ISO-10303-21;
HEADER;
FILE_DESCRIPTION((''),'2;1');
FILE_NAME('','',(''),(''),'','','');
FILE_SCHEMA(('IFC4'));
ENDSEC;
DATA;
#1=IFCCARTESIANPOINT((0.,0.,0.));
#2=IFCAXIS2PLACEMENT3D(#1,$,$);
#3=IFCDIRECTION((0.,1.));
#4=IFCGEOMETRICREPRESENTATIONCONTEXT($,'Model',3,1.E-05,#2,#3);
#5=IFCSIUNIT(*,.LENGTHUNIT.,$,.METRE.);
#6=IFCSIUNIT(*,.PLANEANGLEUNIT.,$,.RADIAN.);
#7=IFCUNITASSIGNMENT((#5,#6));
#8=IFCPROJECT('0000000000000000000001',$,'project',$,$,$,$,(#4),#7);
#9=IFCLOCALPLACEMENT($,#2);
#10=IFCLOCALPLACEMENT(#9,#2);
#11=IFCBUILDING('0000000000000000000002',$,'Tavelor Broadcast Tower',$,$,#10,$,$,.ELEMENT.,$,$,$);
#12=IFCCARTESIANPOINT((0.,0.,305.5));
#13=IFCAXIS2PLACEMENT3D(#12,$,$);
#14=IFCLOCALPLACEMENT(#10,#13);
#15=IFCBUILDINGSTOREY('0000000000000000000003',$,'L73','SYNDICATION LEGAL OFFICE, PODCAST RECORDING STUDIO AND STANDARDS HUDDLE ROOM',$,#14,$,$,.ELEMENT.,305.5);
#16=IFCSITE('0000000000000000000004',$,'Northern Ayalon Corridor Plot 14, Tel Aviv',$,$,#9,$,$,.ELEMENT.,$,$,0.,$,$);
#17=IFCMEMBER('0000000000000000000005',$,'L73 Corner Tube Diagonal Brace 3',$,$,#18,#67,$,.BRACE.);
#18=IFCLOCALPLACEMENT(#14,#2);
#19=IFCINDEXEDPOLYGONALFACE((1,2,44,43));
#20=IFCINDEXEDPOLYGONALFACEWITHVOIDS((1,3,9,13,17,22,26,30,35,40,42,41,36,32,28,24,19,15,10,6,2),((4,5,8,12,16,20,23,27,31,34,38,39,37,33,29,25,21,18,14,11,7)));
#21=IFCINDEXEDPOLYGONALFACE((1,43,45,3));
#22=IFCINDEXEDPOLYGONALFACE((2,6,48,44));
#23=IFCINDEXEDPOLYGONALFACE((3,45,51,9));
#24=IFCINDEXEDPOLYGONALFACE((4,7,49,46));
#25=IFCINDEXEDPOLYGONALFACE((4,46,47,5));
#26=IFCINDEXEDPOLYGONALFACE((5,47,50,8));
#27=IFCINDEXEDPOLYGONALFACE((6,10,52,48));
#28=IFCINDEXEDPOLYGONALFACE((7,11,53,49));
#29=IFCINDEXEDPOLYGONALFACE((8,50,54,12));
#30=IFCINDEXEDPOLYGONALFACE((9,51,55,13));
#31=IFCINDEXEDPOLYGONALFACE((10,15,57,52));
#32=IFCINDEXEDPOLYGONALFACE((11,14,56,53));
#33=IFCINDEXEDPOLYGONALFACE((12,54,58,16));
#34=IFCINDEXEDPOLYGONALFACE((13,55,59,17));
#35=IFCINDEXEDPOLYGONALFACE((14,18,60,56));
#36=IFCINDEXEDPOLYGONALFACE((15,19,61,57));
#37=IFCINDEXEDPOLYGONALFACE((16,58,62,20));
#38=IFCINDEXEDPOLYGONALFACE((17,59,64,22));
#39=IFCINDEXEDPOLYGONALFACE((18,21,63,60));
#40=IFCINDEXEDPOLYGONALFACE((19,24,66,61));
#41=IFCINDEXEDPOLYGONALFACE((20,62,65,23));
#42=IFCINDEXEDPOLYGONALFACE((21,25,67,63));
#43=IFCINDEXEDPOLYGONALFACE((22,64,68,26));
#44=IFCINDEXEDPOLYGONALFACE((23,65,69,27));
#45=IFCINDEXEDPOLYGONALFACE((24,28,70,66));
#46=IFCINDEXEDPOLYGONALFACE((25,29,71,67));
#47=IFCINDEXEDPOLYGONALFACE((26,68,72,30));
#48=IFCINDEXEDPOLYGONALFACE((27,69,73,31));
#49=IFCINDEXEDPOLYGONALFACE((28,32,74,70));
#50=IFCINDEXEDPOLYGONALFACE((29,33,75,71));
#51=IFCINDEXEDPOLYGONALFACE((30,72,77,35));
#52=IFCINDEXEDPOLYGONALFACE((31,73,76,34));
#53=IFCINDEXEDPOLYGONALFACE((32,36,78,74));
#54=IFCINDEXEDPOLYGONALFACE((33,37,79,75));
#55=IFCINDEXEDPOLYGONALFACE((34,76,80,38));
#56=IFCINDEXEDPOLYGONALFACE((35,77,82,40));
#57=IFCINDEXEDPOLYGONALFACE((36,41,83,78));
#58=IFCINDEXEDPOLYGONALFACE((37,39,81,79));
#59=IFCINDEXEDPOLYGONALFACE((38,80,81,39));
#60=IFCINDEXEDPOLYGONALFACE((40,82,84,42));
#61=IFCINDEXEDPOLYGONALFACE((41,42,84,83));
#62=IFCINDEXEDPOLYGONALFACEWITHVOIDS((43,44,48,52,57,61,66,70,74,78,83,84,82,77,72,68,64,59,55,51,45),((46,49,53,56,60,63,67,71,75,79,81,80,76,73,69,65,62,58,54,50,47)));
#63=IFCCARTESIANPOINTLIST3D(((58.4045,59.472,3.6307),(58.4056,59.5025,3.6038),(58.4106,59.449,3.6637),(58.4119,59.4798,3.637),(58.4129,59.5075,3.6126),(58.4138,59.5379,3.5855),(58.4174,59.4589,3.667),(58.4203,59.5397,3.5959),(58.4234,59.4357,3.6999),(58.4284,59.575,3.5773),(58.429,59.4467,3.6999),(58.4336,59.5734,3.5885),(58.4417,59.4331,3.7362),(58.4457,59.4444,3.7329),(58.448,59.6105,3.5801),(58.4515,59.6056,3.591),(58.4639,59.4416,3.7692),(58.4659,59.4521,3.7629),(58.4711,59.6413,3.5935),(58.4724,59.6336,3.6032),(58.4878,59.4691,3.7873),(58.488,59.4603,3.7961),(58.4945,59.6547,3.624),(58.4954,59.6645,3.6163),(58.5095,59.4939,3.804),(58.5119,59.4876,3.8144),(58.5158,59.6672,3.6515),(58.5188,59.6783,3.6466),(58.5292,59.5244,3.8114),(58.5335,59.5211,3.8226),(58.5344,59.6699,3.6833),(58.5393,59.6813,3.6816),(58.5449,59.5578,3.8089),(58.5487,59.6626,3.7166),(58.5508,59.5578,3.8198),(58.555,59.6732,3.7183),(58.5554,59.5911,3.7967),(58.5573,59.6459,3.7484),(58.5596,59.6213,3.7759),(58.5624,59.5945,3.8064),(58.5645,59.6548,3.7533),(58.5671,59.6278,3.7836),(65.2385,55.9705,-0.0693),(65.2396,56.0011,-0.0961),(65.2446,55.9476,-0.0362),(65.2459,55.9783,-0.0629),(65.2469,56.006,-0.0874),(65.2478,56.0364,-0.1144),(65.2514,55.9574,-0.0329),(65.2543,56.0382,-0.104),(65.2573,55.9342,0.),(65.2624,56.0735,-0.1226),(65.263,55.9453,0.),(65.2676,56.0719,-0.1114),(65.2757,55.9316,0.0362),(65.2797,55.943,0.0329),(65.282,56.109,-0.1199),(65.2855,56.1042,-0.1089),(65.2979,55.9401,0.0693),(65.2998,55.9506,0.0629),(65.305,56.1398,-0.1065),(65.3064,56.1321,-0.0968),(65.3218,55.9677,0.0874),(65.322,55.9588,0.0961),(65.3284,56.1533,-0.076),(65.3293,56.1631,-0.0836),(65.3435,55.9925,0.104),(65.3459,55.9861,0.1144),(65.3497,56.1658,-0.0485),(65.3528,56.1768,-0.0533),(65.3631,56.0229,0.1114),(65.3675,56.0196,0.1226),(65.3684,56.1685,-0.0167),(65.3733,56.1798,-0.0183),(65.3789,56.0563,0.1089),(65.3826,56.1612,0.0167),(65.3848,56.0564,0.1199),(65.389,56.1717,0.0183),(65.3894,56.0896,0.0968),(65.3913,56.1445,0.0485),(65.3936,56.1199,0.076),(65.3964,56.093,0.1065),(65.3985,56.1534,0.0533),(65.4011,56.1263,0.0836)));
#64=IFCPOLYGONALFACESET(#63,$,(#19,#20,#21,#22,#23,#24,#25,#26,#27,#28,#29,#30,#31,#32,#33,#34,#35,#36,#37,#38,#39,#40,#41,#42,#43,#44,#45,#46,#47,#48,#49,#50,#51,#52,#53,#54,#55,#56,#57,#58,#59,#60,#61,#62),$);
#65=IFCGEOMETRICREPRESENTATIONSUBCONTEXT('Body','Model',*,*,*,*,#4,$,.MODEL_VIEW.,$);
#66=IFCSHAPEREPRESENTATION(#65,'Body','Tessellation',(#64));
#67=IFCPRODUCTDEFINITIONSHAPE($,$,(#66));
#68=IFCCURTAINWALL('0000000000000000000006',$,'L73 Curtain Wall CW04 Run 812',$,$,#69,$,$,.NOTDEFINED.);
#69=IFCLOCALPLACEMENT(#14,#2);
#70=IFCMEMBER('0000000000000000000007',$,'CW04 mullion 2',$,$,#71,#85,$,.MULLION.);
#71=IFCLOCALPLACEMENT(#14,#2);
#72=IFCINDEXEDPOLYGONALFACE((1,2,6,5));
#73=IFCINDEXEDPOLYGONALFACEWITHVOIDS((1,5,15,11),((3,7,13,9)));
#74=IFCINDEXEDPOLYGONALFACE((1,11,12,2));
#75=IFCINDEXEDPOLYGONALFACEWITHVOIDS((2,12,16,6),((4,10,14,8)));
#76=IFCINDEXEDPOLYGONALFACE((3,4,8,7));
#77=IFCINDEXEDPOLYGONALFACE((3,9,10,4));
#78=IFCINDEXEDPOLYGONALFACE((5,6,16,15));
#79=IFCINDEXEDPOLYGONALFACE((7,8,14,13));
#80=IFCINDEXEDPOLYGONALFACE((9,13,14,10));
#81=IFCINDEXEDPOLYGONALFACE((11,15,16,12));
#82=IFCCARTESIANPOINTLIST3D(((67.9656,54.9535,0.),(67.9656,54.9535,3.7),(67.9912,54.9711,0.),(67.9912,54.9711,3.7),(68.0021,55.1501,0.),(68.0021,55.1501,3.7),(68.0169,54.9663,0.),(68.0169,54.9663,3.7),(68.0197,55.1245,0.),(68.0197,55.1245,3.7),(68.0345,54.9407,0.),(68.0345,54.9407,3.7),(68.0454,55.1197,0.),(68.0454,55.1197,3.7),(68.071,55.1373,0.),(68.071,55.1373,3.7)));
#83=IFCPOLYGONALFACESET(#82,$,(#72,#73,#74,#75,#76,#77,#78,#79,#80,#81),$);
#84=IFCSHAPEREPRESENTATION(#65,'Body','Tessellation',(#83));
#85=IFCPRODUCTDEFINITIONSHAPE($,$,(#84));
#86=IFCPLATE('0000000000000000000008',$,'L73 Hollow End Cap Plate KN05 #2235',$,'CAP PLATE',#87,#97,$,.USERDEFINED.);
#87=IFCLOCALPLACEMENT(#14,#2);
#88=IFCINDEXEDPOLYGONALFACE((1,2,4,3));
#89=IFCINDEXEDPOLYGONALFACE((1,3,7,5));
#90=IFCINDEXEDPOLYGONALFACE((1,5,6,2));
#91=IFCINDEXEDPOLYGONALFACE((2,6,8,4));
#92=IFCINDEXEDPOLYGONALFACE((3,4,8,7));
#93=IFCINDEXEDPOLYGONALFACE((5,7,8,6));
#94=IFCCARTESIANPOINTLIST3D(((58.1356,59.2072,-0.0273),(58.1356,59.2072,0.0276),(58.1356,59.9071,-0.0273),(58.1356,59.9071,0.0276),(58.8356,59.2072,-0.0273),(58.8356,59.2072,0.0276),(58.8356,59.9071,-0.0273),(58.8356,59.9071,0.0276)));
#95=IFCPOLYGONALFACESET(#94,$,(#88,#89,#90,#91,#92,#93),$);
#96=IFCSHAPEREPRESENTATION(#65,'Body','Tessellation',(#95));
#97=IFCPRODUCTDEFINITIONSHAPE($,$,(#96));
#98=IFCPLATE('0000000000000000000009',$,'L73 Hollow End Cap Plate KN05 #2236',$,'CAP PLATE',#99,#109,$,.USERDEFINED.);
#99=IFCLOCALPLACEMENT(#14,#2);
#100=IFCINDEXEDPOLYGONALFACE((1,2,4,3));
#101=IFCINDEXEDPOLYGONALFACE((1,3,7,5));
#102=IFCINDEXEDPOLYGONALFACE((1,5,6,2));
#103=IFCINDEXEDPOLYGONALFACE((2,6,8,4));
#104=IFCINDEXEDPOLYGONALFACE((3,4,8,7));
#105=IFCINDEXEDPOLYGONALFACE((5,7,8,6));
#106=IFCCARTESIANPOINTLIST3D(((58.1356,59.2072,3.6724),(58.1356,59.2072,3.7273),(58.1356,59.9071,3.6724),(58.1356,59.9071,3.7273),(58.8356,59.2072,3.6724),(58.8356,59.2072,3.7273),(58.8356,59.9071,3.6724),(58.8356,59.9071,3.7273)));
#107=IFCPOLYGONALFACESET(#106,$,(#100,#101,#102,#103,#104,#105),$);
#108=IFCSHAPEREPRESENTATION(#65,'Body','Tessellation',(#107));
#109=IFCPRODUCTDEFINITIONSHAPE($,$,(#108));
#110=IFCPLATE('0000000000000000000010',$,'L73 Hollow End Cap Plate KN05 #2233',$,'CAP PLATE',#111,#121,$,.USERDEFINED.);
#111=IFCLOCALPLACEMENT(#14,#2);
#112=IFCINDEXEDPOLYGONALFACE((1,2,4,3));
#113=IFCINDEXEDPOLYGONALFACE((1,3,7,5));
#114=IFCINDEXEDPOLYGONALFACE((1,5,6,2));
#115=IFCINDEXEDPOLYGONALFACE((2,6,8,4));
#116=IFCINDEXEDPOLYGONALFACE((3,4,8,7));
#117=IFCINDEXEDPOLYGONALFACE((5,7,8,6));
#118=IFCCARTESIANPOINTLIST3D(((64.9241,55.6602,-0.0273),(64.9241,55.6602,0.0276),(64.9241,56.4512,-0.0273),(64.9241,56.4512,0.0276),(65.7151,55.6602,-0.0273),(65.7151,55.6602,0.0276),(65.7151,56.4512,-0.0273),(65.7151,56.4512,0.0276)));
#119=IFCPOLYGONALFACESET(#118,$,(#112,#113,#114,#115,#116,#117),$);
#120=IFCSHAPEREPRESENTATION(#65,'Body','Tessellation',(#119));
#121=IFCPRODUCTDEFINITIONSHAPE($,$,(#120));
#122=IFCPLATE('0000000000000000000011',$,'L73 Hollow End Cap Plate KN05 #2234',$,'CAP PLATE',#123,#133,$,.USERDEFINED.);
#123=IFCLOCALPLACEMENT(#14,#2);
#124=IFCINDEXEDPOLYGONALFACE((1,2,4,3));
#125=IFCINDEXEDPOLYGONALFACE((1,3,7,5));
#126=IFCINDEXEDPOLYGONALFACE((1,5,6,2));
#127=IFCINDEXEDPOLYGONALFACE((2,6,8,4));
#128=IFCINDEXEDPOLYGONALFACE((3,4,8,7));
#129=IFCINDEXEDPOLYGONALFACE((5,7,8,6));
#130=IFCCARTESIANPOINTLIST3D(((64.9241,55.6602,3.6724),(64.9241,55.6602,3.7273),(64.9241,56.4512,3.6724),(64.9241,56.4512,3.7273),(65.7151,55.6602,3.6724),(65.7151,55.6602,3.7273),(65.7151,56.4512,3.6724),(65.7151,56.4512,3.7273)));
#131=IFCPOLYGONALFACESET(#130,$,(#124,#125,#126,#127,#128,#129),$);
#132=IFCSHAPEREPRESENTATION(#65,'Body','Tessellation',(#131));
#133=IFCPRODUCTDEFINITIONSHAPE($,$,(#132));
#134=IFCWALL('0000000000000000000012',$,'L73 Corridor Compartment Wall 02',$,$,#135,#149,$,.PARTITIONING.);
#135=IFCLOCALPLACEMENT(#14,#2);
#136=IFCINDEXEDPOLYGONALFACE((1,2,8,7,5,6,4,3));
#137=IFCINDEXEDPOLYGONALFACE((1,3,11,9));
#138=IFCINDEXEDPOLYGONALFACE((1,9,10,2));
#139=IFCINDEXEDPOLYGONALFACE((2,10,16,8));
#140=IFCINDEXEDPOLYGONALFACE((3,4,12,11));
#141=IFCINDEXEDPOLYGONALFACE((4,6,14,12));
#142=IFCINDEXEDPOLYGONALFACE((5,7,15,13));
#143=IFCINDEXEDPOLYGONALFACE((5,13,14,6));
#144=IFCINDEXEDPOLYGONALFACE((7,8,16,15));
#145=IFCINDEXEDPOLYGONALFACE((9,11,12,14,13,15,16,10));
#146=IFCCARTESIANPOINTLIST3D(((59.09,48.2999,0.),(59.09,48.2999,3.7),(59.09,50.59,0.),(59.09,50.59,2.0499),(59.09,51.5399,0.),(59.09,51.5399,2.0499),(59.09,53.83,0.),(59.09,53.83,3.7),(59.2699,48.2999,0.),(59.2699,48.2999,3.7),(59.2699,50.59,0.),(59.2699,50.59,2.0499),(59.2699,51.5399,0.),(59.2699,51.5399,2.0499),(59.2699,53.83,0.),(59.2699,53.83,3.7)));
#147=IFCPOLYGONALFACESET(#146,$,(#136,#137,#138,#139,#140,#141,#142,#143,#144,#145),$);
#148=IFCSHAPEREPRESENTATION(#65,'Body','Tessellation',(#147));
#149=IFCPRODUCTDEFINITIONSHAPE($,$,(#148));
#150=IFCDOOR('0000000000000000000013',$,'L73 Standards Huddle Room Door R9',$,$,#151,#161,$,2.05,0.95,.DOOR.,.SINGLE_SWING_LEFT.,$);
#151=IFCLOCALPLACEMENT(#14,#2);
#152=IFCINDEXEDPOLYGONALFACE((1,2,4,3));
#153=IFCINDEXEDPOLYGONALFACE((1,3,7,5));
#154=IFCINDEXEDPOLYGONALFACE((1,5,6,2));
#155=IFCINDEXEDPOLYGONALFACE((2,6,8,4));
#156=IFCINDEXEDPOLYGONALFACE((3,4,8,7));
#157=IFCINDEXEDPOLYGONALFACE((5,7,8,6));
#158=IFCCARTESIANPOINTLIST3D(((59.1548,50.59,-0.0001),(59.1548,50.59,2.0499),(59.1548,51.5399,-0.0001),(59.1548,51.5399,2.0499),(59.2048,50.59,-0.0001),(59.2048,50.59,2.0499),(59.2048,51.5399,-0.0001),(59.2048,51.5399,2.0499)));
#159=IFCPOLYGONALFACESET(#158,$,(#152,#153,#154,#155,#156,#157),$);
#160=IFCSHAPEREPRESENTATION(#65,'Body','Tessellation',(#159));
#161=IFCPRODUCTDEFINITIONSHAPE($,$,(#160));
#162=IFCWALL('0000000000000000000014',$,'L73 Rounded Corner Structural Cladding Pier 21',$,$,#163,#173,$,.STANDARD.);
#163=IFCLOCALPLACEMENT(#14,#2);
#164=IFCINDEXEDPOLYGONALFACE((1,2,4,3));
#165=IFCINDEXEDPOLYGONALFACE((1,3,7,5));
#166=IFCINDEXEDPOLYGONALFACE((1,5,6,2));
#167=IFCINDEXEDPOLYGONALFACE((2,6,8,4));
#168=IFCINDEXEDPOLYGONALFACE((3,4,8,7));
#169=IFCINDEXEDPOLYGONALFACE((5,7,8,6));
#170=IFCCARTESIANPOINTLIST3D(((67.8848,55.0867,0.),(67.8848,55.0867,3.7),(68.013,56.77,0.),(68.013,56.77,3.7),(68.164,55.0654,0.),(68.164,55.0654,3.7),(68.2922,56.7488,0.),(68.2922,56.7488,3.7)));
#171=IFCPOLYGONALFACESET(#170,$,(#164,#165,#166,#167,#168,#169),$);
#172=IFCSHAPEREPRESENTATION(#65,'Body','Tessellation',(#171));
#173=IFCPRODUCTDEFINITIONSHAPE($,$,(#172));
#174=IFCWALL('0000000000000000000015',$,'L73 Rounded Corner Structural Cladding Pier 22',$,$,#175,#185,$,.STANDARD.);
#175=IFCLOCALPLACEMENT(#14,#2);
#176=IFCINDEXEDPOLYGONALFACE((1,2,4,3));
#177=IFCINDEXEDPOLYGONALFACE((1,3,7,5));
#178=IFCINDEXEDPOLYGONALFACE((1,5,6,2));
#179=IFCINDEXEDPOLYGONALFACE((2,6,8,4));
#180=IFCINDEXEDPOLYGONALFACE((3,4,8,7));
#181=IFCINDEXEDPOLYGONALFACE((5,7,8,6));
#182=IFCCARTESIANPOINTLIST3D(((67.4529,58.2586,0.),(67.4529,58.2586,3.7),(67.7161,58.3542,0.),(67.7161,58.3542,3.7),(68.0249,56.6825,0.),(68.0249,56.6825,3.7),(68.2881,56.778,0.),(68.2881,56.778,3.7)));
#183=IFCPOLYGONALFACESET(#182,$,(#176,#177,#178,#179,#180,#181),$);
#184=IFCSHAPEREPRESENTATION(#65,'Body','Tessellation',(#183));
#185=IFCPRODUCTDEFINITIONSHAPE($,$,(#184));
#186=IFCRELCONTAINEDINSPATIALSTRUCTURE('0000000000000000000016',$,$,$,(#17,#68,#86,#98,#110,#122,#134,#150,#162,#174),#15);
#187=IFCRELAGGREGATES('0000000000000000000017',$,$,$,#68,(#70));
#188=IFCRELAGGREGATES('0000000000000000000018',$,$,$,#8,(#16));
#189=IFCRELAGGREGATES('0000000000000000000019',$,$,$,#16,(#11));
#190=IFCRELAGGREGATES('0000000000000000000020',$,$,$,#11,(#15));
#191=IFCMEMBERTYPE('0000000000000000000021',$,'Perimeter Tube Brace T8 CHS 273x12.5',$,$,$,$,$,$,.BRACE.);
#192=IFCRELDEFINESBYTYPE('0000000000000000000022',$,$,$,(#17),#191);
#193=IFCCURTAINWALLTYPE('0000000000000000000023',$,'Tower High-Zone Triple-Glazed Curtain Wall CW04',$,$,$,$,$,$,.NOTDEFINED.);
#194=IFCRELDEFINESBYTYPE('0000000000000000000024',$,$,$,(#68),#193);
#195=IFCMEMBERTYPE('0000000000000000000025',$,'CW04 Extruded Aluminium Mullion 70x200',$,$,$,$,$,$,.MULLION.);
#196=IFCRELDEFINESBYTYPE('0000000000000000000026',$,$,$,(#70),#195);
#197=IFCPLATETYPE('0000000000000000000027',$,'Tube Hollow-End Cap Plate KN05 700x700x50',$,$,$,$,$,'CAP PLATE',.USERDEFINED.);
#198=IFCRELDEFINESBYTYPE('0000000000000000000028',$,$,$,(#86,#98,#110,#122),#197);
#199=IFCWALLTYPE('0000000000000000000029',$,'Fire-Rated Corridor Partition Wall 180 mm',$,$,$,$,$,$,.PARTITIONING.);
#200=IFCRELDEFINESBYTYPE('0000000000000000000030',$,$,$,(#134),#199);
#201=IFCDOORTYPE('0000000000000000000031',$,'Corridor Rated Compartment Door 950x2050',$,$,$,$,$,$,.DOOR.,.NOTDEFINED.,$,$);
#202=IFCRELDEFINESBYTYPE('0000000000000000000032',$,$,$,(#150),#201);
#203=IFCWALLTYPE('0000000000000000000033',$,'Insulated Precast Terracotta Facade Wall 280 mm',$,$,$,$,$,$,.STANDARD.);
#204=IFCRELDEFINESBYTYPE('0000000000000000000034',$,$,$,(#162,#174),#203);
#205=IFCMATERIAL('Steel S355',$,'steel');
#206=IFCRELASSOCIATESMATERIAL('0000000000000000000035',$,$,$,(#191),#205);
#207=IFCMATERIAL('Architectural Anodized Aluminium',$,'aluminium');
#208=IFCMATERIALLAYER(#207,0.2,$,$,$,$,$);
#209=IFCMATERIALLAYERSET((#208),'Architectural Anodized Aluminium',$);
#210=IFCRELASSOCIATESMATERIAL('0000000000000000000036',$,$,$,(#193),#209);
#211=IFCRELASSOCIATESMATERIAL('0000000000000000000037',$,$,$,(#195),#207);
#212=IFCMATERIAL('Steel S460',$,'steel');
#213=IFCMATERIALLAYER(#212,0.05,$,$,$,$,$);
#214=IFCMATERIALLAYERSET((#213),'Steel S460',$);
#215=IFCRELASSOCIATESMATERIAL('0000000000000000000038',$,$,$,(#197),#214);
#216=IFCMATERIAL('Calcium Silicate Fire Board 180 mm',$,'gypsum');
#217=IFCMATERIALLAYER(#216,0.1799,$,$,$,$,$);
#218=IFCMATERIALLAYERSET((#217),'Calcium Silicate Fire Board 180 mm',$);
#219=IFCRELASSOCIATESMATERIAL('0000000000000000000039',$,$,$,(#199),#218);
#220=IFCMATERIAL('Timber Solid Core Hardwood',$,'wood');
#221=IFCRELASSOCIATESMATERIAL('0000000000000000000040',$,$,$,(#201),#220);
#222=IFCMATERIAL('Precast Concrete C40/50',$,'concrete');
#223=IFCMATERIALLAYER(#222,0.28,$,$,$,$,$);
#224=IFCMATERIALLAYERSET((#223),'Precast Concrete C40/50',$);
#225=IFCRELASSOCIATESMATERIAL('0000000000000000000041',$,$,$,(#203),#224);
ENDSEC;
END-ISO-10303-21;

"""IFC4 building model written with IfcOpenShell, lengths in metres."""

from ifc_helpers import new_model, si_unit, direction, frame, frame_2d, origin, origin_2d, place, context, subcontext, project, spatial, rectangle, hollow_rectangle, hollow_circle, extrude, source, transform, mapped, material, layer, layer_set, material_profile, profile_set, type_object, type_shapes, element, fill, aggregate, save


model = new_model("IFC4")

# Units and contexts
model_context = context("Model", 3, precision=1e-05, world=origin(), true_north=direction((0.0, 1.0)))
body_context = subcontext(model_context, "Body", "Model", "MODEL_VIEW")
ifc_project = project(units=[si_unit("LENGTHUNIT", "METRE"), si_unit("PLANEANGLEUNIT", "RADIAN")], contexts=[model_context])

# Site, building, storey
site_placement = place(None, origin())
site = spatial("IfcSite", under=ifc_project, at=site_placement, Name="Northern Ayalon Corridor Plot 14, Tel Aviv", CompositionType="ELEMENT", RefElevation=0.0)
building_placement = place(site_placement, origin())
building = spatial("IfcBuilding", under=site, at=building_placement, Name="Tavelor Broadcast Tower", CompositionType="ELEMENT")
storey_placement = place(building_placement, frame((0.0, 0.0, 305.5)))
storey = spatial("IfcBuildingStorey", under=building, at=storey_placement, Name="L73", Description="SYNDICATION LEGAL OFFICE, PODCAST RECORDING STUDIO AND STANDARDS HUDDLE ROOM", CompositionType="ELEMENT", Elevation=305.5)

# Shared definitions
ifc_material_1 = material(Name="Steel S460", Category="steel")

# Shared definitions
ifc_material_2 = material(Name="Steel S355", Category="steel")

# Member
ifc_material_profile_1 = material_profile(ifc_material_2, hollow_circle(Radius=0.1365, WallThickness=0.0125, at=origin_2d()), Name="CHS 273x12.5")
ifc_profile_set_1 = profile_set([ifc_material_profile_1], Name="Steel S355")
member_type_1 = type_object("IfcMemberType", Name="Perimeter Tube Brace T8 CHS 273x12.5", PredefinedType="BRACE", material=ifc_profile_set_1)
member_1_placement = place(storey_placement, frame((65.3196, 56.0557, 0.0), z_axis=(-0.801764, 0.410792, 0.434079), x_axis=(-0.455993, -0.889984, 0.0)))
element("IfcMember", 1, at=member_1_placement, inside=storey, type_object=member_type_1, Name="L73 Corner Tube Diagonal Brace 3", PredefinedType="BRACE", context=body_context, shape_type="SweptSolid", body=[
    extrude(hollow_circle(Radius=0.1365, WallThickness=0.0125, at=origin_2d()), origin(), (0.0, 0.0, 1.0), 8.5237),
])

# Curtain wall, member
ifc_material_3 = material(Name="Architectural Anodized Aluminium", Category="aluminium")
ifc_layer_1 = layer(ifc_material_3, 0.2)
ifc_layer_set_1 = layer_set([ifc_layer_1], Name="Architectural Anodized Aluminium")
curtain_wall_type = type_object("IfcCurtainWallType", Name="Tower High-Zone Triple-Glazed Curtain Wall CW04", PredefinedType="NOTDEFINED", material=ifc_layer_set_1)
curtain_wall_placement = place(storey_placement, origin())
curtain_wall = element("IfcCurtainWall", 2, at=curtain_wall_placement, inside=storey, type_object=curtain_wall_type, Name="L73 Curtain Wall CW04 Run 812", PredefinedType="NOTDEFINED")
ifc_material_profile_2 = material_profile(ifc_material_3, hollow_rectangle(XDim=0.0701, YDim=0.2, WallThickness=0.022, at=origin_2d()), Name="RHS 70x200x22")
ifc_profile_set_2 = profile_set([ifc_material_profile_2], Name="Architectural Anodized Aluminium")
member_type_2 = type_object("IfcMemberType", Name="CW04 Extruded Aluminium Mullion 70x200", PredefinedType="MULLION", material=ifc_profile_set_2)
shared_shape_1 = source(origin(), body_context, "Body", "SweptSolid", [
    extrude(hollow_rectangle(XDim=0.0701, YDim=0.2, WallThickness=0.022, at=origin_2d()), origin(), (0.0, 0.0, 1.0), 3.7),
])
type_shapes(member_type_2, [shared_shape_1])
member_2_placement = place(storey_placement, frame((68.0183, 55.0454, 0.0), z_axis=(0.0, 0.0, 1.0), x_axis=(-0.983177, 0.182658, 0.0)))
member_2 = element("IfcMember", 3, at=member_2_placement, type_object=member_type_2, Name="CW04 mullion 2", PredefinedType="MULLION", context=body_context, shape_type="MappedRepresentation", body=[
    mapped(shared_shape_1, transform((0.0, 0.0, 0.0), scale=1.0)),
])
aggregate(curtain_wall, [member_2])

# Plates
ifc_layer_2 = layer(ifc_material_1, 0.05)
ifc_layer_set_2 = layer_set([ifc_layer_2], Name="Steel S460")
plate_type = type_object("IfcPlateType", Name="Tube Hollow-End Cap Plate KN05 700x700x50", ElementType="CAP PLATE", PredefinedType="USERDEFINED", material=ifc_layer_set_2)
shared_shape_2 = source(origin(), body_context, "Body", "SweptSolid", [
    extrude(rectangle(XDim=0.7, YDim=0.7, at=origin_2d()), origin(), (0.0, 0.0, 1.0), 0.0549),
])
for number, where, z_axis, x_axis, name in (
    (4, (58.4856, 59.5571, -0.0273), (0.0, 0.0, 1.0), (1.0, 0.0, 0.0), "L73 Hollow End Cap Plate KN05 #2235"),
    (5, (58.4856, 59.5571, 3.6724), (0.0, 0.0, 1.0), (1.0, 0.0, 0.0), "L73 Hollow End Cap Plate KN05 #2236"),
):
    element("IfcPlate", number, at=place(storey_placement, frame(where, z_axis=z_axis, x_axis=x_axis)), inside=storey, type_object=plate_type, Name=name, ObjectType="CAP PLATE", PredefinedType="USERDEFINED", context=body_context, shape_type="MappedRepresentation", body=[
        mapped(shared_shape_2, transform((0.0, 0.0, 0.0), scale=1.0)),
    ])
shared_shape_3 = source(origin(), body_context, "Body", "SweptSolid", [
    extrude(rectangle(XDim=0.791, YDim=0.791, at=origin_2d()), origin(), (0.0, 0.0, 1.0), 0.0549),
])
type_shapes(plate_type, [shared_shape_2, shared_shape_3])
for number, where, z_axis, x_axis, name in (
    (6, (65.3196, 56.0557, -0.0273), (0.0, 0.0, 1.0), (1.0, 0.0, 0.0), "L73 Hollow End Cap Plate KN05 #2233"),
    (7, (65.3196, 56.0557, 3.6724), (0.0, 0.0, 1.0), (1.0, 0.0, 0.0), "L73 Hollow End Cap Plate KN05 #2234"),
):
    element("IfcPlate", number, at=place(storey_placement, frame(where, z_axis=z_axis, x_axis=x_axis)), inside=storey, type_object=plate_type, Name=name, ObjectType="CAP PLATE", PredefinedType="USERDEFINED", context=body_context, shape_type="MappedRepresentation", body=[
        mapped(shared_shape_3, transform((0.0, 0.0, 0.0), scale=1.0)),
    ])

# Wall, opening, door
ifc_material_4 = material(Name="Calcium Silicate Fire Board 180 mm", Category="gypsum")
ifc_layer_3 = layer(ifc_material_4, 0.1799)
ifc_layer_set_3 = layer_set([ifc_layer_3], Name="Calcium Silicate Fire Board 180 mm")
wall_type_1 = type_object("IfcWallType", Name="Fire-Rated Corridor Partition Wall 180 mm", PredefinedType="PARTITIONING", material=ifc_layer_set_3)
wall_1_placement = place(storey_placement, frame((59.1799, 53.8301, 0.0), z_axis=(0.0, 0.0, 1.0), x_axis=(0.0, -1.0, 0.0)))
wall_1 = element("IfcWall", 8, at=wall_1_placement, inside=storey, type_object=wall_type_1, Name="L73 Corridor Compartment Wall 02", PredefinedType="PARTITIONING", context=body_context, shape_type="SweptSolid", body=[
    extrude(rectangle(XDim=5.53, YDim=0.1799, at=frame_2d((2.7651, 0.0))), origin(), (0.0, 0.0, 1.0), 3.7),
])
opening_placement = place(wall_1_placement, frame((2.29, 0.0, 0.0)))
opening = element("IfcOpeningElement", 9, at=opening_placement, cuts=wall_1, PredefinedType="OPENING", context=body_context, shape_type="SweptSolid", body=[
    extrude(rectangle(XDim=0.95, YDim=2.05, at=frame_2d((0.4751, 1.0249))), frame((0.0, 0.1001, 0.0), z_axis=(0.0, -1.0, 0.0), x_axis=(1.0, 0.0, 0.0)), (0.0, 0.0, 1.0), 0.2),
])
ifc_material_5 = material(Name="Timber Solid Core Hardwood", Category="wood")
door_type = type_object("IfcDoorType", Name="Corridor Rated Compartment Door 950x2050", OperationType="NOTDEFINED", PredefinedType="DOOR", material=ifc_material_5)
door_placement = place(opening_placement, origin())
door = element("IfcDoor", 10, at=door_placement, inside=storey, type_object=door_type, Name="L73 Standards Huddle Room Door R9", OperationType="SINGLE_SWING_LEFT", OverallHeight=2.05, OverallWidth=0.95, PredefinedType="DOOR", context=body_context, shape_type="SweptSolid", body=[
    extrude(rectangle(XDim=0.95, YDim=2.05, at=frame_2d((0.4751, 1.0249))), frame((0.0, 0.0249, 0.0), z_axis=(0.0, -1.0, 0.0), x_axis=(1.0, 0.0, 0.0)), (0.0, 0.0, 1.0), 0.05),
])
fill(opening, door)

# Walls
ifc_material_6 = material(Name="Precast Concrete C40/50", Category="concrete")
ifc_layer_4 = layer(ifc_material_6, 0.28)
ifc_layer_set_4 = layer_set([ifc_layer_4], Name="Precast Concrete C40/50")
wall_type_2 = type_object("IfcWallType", Name="Insulated Precast Terracotta Facade Wall 280 mm", PredefinedType="STANDARD", material=ifc_layer_set_4)
wall_2_placement = place(storey_placement, frame((68.0244, 55.0759, 0.0), z_axis=(0.0, 0.0, 1.0), x_axis=(0.075922, 0.997114, 0.0)))
element("IfcWall", 11, at=wall_2_placement, inside=storey, type_object=wall_type_2, Name="L73 Rounded Corner Structural Cladding Pier 21", PredefinedType="STANDARD", context=body_context, shape_type="SweptSolid", body=[
    extrude(rectangle(XDim=1.6882, YDim=0.28, at=frame_2d((0.8442, 0.0))), origin(), (0.0, 0.0, 1.0), 3.7),
])
wall_3_placement = place(storey_placement, frame((68.1565, 56.7302, 0.0), z_axis=(0.0, 0.0, 1.0), x_axis=(-0.341147, 0.94001, 0.0)))
element("IfcWall", 12, at=wall_3_placement, inside=storey, type_object=wall_type_2, Name="L73 Rounded Corner Structural Cladding Pier 22", PredefinedType="STANDARD", context=body_context, shape_type="SweptSolid", body=[
    extrude(rectangle(XDim=1.6768, YDim=0.28, at=frame_2d((0.8384, 0.0))), origin(), (0.0, 0.0, 1.0), 3.7),
])

save(model, "model.ifc")
